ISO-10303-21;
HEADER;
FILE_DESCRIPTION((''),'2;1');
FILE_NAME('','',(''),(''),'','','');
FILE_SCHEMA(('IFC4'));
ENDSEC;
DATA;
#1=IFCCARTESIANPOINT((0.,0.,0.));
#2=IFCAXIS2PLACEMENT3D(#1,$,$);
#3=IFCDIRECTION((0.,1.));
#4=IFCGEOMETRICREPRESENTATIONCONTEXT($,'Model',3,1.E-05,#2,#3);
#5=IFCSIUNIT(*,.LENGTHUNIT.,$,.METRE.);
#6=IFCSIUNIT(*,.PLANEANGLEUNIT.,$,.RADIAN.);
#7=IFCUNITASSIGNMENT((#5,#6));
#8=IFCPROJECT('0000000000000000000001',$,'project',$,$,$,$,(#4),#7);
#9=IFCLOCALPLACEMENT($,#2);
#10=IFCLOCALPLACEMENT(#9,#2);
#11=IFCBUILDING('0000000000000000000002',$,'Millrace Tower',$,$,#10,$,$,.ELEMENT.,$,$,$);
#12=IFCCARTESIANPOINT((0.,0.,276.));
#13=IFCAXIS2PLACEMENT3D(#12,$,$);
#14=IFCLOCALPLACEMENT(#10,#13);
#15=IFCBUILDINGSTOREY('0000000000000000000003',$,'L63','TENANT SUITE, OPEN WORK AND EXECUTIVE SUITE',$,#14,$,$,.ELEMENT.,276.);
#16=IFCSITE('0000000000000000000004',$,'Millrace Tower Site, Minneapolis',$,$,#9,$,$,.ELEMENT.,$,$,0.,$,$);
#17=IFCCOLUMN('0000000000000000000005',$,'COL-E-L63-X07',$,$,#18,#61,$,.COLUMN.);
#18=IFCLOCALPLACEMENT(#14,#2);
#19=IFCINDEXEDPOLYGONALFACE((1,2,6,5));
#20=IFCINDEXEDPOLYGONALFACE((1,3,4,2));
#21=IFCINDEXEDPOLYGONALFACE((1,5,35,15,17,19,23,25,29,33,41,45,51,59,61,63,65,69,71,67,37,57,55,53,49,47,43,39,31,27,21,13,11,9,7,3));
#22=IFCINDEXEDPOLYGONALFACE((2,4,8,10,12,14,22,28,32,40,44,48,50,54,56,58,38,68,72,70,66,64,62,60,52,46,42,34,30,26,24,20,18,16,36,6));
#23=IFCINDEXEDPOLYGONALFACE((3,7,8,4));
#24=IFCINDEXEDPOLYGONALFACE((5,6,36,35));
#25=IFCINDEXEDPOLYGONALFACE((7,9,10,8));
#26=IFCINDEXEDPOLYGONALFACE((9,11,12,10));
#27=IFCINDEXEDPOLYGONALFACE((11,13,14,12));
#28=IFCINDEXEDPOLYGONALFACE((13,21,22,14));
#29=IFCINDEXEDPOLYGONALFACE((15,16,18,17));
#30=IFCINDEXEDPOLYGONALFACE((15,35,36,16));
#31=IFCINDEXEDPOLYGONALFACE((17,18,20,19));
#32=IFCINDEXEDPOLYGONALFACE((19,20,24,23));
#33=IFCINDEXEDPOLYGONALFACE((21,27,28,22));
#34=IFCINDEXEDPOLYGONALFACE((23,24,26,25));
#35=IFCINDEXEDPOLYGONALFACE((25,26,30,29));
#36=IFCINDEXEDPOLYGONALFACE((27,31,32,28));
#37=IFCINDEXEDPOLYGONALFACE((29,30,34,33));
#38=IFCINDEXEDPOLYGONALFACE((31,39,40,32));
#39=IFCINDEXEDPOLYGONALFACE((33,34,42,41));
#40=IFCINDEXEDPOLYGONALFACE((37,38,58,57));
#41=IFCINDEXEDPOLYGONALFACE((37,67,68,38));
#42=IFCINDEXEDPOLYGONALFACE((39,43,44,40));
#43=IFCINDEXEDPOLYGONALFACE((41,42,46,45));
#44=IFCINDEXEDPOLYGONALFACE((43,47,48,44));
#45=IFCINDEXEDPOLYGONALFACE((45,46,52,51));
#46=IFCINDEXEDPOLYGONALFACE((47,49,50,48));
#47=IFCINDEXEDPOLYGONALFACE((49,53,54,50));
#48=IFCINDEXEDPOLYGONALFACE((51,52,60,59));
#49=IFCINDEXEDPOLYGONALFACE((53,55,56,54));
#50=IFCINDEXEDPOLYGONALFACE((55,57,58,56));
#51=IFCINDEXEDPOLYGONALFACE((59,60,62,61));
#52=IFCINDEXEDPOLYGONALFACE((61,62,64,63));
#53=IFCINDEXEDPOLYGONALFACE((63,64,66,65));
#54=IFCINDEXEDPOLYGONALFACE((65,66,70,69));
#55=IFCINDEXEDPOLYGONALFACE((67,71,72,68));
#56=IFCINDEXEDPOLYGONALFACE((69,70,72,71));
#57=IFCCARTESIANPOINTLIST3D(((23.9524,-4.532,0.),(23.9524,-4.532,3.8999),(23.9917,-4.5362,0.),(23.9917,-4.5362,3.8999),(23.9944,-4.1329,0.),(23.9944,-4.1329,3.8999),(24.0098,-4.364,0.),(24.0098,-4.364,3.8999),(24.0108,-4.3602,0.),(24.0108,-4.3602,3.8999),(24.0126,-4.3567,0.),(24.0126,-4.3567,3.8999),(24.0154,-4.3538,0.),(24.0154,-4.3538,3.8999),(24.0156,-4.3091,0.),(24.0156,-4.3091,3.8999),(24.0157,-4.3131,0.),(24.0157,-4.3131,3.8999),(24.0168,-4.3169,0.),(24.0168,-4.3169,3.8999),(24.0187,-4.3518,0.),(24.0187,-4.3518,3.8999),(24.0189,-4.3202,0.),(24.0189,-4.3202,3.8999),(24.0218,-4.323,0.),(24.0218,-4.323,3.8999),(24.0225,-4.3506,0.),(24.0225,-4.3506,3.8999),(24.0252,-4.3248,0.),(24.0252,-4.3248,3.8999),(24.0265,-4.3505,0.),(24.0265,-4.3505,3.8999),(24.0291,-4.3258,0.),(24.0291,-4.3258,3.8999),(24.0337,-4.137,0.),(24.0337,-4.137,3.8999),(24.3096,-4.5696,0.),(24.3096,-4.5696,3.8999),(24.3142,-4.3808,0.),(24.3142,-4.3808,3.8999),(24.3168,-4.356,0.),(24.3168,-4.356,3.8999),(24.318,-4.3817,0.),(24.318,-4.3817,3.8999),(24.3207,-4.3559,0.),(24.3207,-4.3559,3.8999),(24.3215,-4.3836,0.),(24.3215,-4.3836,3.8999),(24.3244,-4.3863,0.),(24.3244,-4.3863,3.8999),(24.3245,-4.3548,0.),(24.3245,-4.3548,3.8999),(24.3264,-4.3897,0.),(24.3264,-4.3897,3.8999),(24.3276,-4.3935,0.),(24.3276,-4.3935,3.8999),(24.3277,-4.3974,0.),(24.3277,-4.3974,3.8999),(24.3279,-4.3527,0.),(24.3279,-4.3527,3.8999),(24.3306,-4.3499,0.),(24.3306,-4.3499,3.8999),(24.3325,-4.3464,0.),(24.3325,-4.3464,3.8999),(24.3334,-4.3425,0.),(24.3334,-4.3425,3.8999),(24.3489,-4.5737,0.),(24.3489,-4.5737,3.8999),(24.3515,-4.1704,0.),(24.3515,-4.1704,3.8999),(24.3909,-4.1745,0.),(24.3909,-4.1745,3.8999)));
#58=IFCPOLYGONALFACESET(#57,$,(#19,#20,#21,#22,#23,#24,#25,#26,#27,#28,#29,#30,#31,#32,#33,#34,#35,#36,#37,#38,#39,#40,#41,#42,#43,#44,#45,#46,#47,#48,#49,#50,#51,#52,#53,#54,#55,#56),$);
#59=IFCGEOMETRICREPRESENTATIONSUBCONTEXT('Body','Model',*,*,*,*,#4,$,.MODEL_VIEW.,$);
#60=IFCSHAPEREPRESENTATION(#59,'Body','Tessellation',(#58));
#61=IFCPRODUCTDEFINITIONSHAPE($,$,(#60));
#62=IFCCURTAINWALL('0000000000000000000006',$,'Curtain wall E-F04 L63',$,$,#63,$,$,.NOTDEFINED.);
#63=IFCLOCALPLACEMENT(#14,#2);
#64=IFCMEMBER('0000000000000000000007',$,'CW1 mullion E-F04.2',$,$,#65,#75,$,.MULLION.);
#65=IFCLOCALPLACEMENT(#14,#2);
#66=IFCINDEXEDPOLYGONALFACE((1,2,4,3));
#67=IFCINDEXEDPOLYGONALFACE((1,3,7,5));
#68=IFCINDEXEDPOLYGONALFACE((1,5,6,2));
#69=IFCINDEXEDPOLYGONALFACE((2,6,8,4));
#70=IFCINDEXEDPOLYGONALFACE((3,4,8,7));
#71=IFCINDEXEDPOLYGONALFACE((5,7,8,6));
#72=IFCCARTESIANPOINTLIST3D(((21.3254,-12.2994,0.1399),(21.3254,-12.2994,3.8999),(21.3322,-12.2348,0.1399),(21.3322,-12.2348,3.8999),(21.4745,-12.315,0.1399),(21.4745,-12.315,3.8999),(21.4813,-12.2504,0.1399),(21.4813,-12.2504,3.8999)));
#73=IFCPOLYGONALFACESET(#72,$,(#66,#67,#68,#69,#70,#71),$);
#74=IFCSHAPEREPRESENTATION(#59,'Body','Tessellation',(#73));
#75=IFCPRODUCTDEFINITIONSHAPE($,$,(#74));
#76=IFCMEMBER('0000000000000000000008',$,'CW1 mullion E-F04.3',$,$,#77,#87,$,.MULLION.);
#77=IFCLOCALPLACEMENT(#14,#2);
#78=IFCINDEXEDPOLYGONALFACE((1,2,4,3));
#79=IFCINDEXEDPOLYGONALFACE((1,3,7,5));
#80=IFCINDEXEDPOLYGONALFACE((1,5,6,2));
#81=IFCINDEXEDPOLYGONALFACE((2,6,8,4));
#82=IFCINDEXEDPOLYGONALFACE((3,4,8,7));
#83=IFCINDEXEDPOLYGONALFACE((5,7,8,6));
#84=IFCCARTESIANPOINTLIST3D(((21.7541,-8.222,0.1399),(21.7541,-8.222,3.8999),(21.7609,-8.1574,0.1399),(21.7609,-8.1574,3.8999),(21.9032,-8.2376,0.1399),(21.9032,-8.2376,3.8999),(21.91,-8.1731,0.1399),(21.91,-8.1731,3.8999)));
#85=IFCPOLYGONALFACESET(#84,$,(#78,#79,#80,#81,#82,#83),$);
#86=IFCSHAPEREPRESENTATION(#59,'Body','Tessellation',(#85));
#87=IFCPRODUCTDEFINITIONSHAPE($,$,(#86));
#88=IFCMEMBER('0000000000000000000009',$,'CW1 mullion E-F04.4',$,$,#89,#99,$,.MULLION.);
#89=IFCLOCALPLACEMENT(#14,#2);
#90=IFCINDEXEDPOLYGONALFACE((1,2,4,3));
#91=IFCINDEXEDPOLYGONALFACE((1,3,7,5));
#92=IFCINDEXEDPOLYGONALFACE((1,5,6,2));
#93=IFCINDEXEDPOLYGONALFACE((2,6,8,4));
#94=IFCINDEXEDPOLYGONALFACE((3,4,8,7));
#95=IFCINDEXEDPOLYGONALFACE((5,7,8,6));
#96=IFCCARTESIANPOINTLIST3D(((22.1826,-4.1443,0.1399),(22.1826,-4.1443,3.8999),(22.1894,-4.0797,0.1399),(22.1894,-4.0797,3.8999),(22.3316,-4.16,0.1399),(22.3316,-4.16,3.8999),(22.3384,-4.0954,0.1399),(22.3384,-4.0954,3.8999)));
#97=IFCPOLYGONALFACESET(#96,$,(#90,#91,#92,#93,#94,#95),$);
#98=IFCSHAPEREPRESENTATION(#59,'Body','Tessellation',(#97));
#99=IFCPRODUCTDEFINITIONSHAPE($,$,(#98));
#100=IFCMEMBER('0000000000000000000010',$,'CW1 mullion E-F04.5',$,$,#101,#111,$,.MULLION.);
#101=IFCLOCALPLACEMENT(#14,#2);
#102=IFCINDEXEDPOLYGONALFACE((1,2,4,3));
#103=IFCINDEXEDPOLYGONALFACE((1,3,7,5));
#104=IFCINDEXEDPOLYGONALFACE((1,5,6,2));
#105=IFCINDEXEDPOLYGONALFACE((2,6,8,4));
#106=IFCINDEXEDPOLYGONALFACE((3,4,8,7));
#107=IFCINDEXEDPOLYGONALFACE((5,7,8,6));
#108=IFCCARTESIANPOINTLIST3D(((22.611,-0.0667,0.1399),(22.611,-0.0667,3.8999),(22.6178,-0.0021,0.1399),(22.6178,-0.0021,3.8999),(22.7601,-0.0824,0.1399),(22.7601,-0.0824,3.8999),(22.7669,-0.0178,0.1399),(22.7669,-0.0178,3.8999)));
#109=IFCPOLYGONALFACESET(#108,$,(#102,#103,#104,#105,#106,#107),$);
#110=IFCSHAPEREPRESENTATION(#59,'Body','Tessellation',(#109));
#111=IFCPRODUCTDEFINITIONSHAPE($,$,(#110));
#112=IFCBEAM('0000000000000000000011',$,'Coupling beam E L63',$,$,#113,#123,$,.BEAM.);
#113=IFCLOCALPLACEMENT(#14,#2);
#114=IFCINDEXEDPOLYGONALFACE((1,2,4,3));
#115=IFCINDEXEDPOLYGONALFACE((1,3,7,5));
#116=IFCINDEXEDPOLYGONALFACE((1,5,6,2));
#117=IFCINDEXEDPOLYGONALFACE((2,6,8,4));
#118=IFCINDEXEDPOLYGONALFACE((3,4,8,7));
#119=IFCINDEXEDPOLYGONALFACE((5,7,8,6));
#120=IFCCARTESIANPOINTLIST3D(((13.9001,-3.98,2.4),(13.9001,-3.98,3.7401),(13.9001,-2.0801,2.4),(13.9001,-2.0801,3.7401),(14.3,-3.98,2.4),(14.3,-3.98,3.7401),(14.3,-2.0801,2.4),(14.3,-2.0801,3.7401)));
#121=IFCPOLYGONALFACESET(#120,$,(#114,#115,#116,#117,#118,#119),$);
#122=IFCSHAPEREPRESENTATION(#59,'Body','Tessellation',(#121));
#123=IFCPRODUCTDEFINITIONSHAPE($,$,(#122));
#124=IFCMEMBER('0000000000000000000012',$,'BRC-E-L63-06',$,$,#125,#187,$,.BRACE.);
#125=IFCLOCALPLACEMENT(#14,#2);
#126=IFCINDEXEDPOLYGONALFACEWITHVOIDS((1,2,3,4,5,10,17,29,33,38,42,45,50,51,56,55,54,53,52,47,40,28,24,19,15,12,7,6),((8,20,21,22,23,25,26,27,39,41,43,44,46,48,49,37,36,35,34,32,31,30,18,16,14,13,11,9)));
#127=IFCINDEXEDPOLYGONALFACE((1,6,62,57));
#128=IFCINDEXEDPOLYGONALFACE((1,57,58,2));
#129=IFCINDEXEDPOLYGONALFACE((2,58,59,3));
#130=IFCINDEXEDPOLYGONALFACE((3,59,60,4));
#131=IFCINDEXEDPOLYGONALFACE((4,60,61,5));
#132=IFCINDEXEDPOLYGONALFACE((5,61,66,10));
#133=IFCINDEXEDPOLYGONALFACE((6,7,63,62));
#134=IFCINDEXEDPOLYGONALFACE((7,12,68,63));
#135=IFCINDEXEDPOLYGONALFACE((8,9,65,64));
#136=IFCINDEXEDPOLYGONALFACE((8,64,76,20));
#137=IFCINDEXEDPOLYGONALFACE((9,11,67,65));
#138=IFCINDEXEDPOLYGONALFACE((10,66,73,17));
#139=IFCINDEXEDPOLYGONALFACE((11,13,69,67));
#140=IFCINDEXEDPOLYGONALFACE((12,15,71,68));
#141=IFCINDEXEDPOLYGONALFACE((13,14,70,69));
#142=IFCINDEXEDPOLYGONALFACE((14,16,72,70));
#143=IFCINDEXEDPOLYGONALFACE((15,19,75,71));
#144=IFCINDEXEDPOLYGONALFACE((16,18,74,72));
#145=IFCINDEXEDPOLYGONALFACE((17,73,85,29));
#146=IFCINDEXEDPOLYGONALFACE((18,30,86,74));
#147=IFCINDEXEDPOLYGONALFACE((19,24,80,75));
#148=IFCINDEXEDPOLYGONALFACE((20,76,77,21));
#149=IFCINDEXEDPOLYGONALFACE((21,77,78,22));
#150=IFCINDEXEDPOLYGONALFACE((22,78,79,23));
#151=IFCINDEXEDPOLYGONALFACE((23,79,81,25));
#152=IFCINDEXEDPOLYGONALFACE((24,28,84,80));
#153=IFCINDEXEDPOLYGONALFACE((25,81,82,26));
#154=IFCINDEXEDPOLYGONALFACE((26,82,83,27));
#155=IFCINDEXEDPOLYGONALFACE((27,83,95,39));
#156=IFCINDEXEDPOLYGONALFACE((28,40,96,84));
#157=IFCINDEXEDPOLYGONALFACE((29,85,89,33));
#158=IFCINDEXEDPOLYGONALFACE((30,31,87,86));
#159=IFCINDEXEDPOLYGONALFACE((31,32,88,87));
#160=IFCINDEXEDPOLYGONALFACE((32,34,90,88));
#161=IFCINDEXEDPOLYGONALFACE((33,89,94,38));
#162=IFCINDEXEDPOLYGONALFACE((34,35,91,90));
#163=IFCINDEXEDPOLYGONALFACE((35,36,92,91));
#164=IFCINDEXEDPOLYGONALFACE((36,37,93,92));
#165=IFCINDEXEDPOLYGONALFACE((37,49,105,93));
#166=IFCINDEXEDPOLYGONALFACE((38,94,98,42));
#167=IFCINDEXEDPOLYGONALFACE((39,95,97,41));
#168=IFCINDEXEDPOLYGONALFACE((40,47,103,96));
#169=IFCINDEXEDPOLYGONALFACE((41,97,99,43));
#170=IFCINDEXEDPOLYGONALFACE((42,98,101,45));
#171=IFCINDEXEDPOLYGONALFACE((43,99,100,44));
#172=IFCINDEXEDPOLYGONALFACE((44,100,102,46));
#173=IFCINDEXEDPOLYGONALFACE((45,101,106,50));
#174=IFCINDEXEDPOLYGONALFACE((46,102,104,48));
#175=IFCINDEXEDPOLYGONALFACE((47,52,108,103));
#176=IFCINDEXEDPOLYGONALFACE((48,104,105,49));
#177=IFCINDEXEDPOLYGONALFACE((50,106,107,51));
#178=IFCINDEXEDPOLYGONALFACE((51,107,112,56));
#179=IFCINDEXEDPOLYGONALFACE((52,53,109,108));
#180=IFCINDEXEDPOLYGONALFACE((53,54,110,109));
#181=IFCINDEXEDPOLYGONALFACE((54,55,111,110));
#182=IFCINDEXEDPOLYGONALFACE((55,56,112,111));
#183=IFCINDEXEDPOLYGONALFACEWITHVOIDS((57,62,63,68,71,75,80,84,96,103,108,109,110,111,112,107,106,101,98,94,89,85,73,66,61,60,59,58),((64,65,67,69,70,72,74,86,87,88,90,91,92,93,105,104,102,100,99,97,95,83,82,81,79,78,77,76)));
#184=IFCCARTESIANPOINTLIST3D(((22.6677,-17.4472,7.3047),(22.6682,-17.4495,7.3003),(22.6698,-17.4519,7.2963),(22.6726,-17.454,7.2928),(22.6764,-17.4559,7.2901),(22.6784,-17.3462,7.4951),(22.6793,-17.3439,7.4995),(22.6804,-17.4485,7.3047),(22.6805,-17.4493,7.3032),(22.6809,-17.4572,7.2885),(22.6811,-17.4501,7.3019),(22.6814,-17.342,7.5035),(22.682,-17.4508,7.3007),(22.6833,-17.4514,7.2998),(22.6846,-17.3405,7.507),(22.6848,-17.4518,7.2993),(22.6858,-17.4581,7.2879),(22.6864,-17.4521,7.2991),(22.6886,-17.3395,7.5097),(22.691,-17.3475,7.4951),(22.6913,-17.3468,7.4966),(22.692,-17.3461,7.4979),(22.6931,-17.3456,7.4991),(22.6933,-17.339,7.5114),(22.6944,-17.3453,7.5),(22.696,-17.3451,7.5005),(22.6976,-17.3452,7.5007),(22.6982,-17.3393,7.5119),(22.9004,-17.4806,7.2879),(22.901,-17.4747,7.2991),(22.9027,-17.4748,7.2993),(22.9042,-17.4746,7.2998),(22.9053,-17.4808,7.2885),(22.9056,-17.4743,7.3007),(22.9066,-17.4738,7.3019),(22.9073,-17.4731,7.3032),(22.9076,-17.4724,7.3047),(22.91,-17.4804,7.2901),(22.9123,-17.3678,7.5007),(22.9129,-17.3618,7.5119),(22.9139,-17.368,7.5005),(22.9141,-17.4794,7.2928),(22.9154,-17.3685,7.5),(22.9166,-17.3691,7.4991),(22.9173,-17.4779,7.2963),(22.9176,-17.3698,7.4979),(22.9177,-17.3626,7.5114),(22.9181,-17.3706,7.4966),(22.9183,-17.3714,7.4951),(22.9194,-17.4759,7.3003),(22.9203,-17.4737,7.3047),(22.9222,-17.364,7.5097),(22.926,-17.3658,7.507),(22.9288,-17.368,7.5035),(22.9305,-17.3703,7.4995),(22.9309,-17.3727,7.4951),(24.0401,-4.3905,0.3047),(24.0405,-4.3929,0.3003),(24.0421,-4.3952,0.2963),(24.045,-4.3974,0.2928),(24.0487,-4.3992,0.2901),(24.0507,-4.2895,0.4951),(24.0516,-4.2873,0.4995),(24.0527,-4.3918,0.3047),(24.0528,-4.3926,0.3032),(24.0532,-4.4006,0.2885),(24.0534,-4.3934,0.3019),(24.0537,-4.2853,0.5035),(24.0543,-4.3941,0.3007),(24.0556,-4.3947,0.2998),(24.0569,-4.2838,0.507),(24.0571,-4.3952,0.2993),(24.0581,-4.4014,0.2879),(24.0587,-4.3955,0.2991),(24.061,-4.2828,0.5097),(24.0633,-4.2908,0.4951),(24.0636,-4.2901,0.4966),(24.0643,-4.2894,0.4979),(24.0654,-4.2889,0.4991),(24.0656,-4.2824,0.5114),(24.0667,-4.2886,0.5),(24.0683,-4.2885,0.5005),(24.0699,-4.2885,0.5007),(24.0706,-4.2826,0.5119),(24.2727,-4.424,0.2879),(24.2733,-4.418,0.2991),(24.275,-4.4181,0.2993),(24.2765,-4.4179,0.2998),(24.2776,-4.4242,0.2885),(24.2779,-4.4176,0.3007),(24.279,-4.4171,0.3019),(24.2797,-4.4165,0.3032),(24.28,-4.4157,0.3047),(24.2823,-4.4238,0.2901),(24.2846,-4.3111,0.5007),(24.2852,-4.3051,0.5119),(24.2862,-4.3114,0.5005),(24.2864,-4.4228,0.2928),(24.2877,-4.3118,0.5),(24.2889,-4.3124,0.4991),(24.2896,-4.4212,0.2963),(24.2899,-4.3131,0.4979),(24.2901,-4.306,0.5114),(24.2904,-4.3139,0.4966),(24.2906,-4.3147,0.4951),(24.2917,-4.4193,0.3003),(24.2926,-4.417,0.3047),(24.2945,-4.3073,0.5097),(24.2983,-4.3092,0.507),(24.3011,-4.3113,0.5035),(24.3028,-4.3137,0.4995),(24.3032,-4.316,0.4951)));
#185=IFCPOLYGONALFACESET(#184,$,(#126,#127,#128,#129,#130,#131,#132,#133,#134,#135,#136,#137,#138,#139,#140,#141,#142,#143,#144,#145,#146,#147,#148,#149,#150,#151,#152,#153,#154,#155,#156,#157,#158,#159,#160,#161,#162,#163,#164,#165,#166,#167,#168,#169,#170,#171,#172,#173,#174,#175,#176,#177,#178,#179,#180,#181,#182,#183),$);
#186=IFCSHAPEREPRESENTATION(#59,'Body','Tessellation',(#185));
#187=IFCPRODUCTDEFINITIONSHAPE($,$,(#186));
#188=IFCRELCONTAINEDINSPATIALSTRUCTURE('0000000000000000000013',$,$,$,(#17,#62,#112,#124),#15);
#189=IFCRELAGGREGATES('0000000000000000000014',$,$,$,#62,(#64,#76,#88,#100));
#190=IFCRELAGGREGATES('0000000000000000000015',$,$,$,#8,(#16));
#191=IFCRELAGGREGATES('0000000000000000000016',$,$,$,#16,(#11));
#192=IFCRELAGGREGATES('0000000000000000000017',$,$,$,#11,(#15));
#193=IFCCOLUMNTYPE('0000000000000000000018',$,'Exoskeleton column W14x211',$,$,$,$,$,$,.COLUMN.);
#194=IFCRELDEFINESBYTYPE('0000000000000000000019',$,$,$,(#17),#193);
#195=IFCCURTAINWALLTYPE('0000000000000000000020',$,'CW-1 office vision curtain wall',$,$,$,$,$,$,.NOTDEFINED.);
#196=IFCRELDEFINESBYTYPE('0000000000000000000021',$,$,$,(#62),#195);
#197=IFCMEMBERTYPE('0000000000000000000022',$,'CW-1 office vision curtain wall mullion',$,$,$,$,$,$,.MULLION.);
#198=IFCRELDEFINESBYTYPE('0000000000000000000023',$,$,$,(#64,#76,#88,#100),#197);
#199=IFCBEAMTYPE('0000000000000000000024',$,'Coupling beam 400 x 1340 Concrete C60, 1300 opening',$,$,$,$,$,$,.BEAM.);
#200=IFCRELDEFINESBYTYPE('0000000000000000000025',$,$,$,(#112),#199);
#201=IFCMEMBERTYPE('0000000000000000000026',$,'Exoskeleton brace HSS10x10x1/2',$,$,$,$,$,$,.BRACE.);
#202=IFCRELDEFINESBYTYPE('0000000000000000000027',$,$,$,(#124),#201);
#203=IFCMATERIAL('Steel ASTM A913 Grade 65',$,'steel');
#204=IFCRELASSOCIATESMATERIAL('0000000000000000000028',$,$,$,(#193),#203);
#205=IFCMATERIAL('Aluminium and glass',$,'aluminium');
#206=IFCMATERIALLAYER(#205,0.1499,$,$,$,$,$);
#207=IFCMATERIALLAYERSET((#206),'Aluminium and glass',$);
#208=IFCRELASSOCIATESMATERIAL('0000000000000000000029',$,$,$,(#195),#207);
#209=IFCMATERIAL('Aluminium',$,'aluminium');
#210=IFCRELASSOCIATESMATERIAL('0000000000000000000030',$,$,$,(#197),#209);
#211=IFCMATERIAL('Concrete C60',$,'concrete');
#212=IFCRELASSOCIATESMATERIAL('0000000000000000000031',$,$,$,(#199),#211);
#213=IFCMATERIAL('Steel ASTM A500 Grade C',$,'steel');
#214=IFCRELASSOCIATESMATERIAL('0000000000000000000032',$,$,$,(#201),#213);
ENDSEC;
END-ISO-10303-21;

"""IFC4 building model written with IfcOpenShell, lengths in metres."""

from ifc_helpers import new_model, si_unit, direction, frame, origin, origin_2d, place, context, subcontext, project, spatial, rectangle, hollow_rectangle, i_section, extrude, material, layer, layer_set, material_profile, profile_set, type_object, element, aggregate, save


model = new_model("IFC4")

# Units and contexts
model_context = context("Model", 3, precision=1e-05, world=origin(), true_north=direction((0.0, 1.0)))
body_context = subcontext(model_context, "Body", "Model", "MODEL_VIEW")
ifc_project = project(units=[si_unit("LENGTHUNIT", "METRE"), si_unit("PLANEANGLEUNIT", "RADIAN")], contexts=[model_context])

# Site, building, storey
site_placement = place(None, origin())
site = spatial("IfcSite", under=ifc_project, at=site_placement, Name="Millrace Tower Site, Minneapolis", CompositionType="ELEMENT", RefElevation=0.0)
building_placement = place(site_placement, origin())
building = spatial("IfcBuilding", under=site, at=building_placement, Name="Millrace Tower", CompositionType="ELEMENT")
storey_placement = place(building_placement, frame((0.0, 0.0, 276.0)))
storey = spatial("IfcBuildingStorey", under=building, at=storey_placement, Name="L63", Description="TENANT SUITE, OPEN WORK AND EXECUTIVE SUITE", CompositionType="ELEMENT", Elevation=276.0)

# Column
ifc_material_1 = material(Name="Steel ASTM A913 Grade 65", Category="steel")
ifc_material_profile_1 = material_profile(ifc_material_1, i_section(OverallWidth=0.4014, OverallDepth=0.3987, WebThickness=0.0249, FlangeThickness=0.0396, FilletRadius=0.0151, at=origin_2d()))
ifc_profile_set_1 = profile_set([ifc_material_profile_1], Name="Steel ASTM A913 Grade 65")
column_type = type_object("IfcColumnType", Name="Exoskeleton column W14x211", PredefinedType="COLUMN", material=ifc_profile_set_1)
column_placement = place(storey_placement, frame((24.1716, -4.3533, 0.0), z_axis=(0.0, 0.0, 1.0), x_axis=(0.104528, 0.994522, 0.0)))
element("IfcColumn", 1, at=column_placement, inside=storey, type_object=column_type, Name="COL-E-L63-X07", PredefinedType="COLUMN", context=body_context, shape_type="SweptSolid", body=[
    extrude(i_section(OverallWidth=0.4014, OverallDepth=0.3987, WebThickness=0.0249, FlangeThickness=0.0396, FilletRadius=0.0151, at=origin_2d()), origin(), (0.0, 0.0, 1.0), 3.8999),
])

# Curtain wall, members
ifc_material_2 = material(Name="Aluminium and glass", Category="aluminium")
ifc_layer_1 = layer(ifc_material_2, 0.1499)
ifc_layer_set_1 = layer_set([ifc_layer_1], Name="Aluminium and glass")
curtain_wall_type = type_object("IfcCurtainWallType", Name="CW-1 office vision curtain wall", PredefinedType="NOTDEFINED", material=ifc_layer_set_1)
placement = place(storey_placement, origin())
curtain_wall = element("IfcCurtainWall", 2, at=placement, inside=storey, type_object=curtain_wall_type, Name="Curtain wall E-F04 L63", PredefinedType="NOTDEFINED")
ifc_material_3 = material(Name="Aluminium", Category="aluminium")
ifc_material_profile_2 = material_profile(ifc_material_3, rectangle(XDim=0.0649, YDim=0.1499, at=origin_2d()))
ifc_profile_set_2 = profile_set([ifc_material_profile_2], Name="Aluminium")
member_type_1 = type_object("IfcMemberType", Name="CW-1 office vision curtain wall mullion", PredefinedType="MULLION", material=ifc_profile_set_2)
member_1_placement = place(storey_placement, frame((21.4033, -12.2749, 0.1399), z_axis=(0.0, 0.0, 1.0), x_axis=(0.104528, 0.994522, 0.0)))
member_1 = element("IfcMember", 3, at=member_1_placement, type_object=member_type_1, Name="CW1 mullion E-F04.2", PredefinedType="MULLION", context=body_context, shape_type="SweptSolid", body=[
    extrude(rectangle(XDim=0.0649, YDim=0.1499, at=origin_2d()), origin(), (0.0, 0.0, 1.0), 3.76),
])
member_2_placement = place(storey_placement, frame((21.832, -8.1975, 0.1399), z_axis=(0.0, 0.0, 1.0), x_axis=(0.104528, 0.994522, 0.0)))
member_2 = element("IfcMember", 4, at=member_2_placement, type_object=member_type_1, Name="CW1 mullion E-F04.3", PredefinedType="MULLION", context=body_context, shape_type="SweptSolid", body=[
    extrude(rectangle(XDim=0.0649, YDim=0.1499, at=origin_2d()), origin(), (0.0, 0.0, 1.0), 3.76),
])
member_3_placement = place(storey_placement, frame((22.2605, -4.1199, 0.1399), z_axis=(0.0, 0.0, 1.0), x_axis=(0.104528, 0.994522, 0.0)))
member_3 = element("IfcMember", 5, at=member_3_placement, type_object=member_type_1, Name="CW1 mullion E-F04.4", PredefinedType="MULLION", context=body_context, shape_type="SweptSolid", body=[
    extrude(rectangle(XDim=0.0649, YDim=0.1499, at=origin_2d()), origin(), (0.0, 0.0, 1.0), 3.76),
])
member_4_placement = place(storey_placement, frame((22.689, -0.0422, 0.1399), z_axis=(0.0, 0.0, 1.0), x_axis=(0.104528, 0.994522, 0.0)))
member_4 = element("IfcMember", 6, at=member_4_placement, type_object=member_type_1, Name="CW1 mullion E-F04.5", PredefinedType="MULLION", context=body_context, shape_type="SweptSolid", body=[
    extrude(rectangle(XDim=0.0649, YDim=0.1499, at=origin_2d()), origin(), (0.0, 0.0, 1.0), 3.76),
])
aggregate(curtain_wall, [member_1, member_2, member_3, member_4])

# Beam
ifc_material_4 = material(Name="Concrete C60", Category="concrete")
ifc_material_profile_3 = material_profile(ifc_material_4, rectangle(XDim=0.3999, YDim=1.3401, at=origin_2d()))
ifc_profile_set_3 = profile_set([ifc_material_profile_3], Name="Concrete C60")
beam_type_1 = type_object("IfcBeamType", Name="Coupling beam 400 x 1340 Concrete C60, 1300 opening", PredefinedType="BEAM", material=ifc_profile_set_3)
beam_1_placement = place(storey_placement, frame((14.1001, -2.0801, 3.0701), z_axis=(0.0, -1.0, 0.0), x_axis=(1.0, 0.0, 0.0)))
element("IfcBeam", 7, at=beam_1_placement, inside=storey, type_object=beam_type_1, Name="Coupling beam E L63", PredefinedType="BEAM", context=body_context, shape_type="SweptSolid", body=[
    extrude(rectangle(XDim=0.3999, YDim=1.3401, at=origin_2d()), origin(), (0.0, 0.0, 1.0), 1.8999),
])

# Member
ifc_material_5 = material(Name="Steel ASTM A500 Grade C", Category="steel")
ifc_material_profile_4 = material_profile(ifc_material_5, hollow_rectangle(XDim=0.2539, YDim=0.2539, WallThickness=0.0127, InnerFilletRadius=0.0063, OuterFilletRadius=0.019, at=origin_2d()))
ifc_profile_set_4 = profile_set([ifc_material_profile_4], Name="Steel ASTM A500 Grade C")
member_type_2 = type_object("IfcMemberType", Name="Exoskeleton brace HSS10x10x1/2", PredefinedType="BRACE", material=ifc_profile_set_4)
member_5_placement = place(storey_placement, frame((24.1716, -4.3533, 0.3999), z_axis=(-0.092237, -0.877572, 0.470489), x_axis=(0.994522, -0.104529, 0.0)))
element("IfcMember", 8, at=member_5_placement, inside=storey, type_object=member_type_2, Name="BRC-E-L63-06", PredefinedType="BRACE", context=body_context, shape_type="SweptSolid", body=[
    extrude(hollow_rectangle(XDim=0.2539, YDim=0.2539, WallThickness=0.0127, InnerFilletRadius=0.0063, OuterFilletRadius=0.019, at=origin_2d()), origin(), (0.0, 0.0, 1.0), 14.8782),
])

save(model, "model.ifc")
